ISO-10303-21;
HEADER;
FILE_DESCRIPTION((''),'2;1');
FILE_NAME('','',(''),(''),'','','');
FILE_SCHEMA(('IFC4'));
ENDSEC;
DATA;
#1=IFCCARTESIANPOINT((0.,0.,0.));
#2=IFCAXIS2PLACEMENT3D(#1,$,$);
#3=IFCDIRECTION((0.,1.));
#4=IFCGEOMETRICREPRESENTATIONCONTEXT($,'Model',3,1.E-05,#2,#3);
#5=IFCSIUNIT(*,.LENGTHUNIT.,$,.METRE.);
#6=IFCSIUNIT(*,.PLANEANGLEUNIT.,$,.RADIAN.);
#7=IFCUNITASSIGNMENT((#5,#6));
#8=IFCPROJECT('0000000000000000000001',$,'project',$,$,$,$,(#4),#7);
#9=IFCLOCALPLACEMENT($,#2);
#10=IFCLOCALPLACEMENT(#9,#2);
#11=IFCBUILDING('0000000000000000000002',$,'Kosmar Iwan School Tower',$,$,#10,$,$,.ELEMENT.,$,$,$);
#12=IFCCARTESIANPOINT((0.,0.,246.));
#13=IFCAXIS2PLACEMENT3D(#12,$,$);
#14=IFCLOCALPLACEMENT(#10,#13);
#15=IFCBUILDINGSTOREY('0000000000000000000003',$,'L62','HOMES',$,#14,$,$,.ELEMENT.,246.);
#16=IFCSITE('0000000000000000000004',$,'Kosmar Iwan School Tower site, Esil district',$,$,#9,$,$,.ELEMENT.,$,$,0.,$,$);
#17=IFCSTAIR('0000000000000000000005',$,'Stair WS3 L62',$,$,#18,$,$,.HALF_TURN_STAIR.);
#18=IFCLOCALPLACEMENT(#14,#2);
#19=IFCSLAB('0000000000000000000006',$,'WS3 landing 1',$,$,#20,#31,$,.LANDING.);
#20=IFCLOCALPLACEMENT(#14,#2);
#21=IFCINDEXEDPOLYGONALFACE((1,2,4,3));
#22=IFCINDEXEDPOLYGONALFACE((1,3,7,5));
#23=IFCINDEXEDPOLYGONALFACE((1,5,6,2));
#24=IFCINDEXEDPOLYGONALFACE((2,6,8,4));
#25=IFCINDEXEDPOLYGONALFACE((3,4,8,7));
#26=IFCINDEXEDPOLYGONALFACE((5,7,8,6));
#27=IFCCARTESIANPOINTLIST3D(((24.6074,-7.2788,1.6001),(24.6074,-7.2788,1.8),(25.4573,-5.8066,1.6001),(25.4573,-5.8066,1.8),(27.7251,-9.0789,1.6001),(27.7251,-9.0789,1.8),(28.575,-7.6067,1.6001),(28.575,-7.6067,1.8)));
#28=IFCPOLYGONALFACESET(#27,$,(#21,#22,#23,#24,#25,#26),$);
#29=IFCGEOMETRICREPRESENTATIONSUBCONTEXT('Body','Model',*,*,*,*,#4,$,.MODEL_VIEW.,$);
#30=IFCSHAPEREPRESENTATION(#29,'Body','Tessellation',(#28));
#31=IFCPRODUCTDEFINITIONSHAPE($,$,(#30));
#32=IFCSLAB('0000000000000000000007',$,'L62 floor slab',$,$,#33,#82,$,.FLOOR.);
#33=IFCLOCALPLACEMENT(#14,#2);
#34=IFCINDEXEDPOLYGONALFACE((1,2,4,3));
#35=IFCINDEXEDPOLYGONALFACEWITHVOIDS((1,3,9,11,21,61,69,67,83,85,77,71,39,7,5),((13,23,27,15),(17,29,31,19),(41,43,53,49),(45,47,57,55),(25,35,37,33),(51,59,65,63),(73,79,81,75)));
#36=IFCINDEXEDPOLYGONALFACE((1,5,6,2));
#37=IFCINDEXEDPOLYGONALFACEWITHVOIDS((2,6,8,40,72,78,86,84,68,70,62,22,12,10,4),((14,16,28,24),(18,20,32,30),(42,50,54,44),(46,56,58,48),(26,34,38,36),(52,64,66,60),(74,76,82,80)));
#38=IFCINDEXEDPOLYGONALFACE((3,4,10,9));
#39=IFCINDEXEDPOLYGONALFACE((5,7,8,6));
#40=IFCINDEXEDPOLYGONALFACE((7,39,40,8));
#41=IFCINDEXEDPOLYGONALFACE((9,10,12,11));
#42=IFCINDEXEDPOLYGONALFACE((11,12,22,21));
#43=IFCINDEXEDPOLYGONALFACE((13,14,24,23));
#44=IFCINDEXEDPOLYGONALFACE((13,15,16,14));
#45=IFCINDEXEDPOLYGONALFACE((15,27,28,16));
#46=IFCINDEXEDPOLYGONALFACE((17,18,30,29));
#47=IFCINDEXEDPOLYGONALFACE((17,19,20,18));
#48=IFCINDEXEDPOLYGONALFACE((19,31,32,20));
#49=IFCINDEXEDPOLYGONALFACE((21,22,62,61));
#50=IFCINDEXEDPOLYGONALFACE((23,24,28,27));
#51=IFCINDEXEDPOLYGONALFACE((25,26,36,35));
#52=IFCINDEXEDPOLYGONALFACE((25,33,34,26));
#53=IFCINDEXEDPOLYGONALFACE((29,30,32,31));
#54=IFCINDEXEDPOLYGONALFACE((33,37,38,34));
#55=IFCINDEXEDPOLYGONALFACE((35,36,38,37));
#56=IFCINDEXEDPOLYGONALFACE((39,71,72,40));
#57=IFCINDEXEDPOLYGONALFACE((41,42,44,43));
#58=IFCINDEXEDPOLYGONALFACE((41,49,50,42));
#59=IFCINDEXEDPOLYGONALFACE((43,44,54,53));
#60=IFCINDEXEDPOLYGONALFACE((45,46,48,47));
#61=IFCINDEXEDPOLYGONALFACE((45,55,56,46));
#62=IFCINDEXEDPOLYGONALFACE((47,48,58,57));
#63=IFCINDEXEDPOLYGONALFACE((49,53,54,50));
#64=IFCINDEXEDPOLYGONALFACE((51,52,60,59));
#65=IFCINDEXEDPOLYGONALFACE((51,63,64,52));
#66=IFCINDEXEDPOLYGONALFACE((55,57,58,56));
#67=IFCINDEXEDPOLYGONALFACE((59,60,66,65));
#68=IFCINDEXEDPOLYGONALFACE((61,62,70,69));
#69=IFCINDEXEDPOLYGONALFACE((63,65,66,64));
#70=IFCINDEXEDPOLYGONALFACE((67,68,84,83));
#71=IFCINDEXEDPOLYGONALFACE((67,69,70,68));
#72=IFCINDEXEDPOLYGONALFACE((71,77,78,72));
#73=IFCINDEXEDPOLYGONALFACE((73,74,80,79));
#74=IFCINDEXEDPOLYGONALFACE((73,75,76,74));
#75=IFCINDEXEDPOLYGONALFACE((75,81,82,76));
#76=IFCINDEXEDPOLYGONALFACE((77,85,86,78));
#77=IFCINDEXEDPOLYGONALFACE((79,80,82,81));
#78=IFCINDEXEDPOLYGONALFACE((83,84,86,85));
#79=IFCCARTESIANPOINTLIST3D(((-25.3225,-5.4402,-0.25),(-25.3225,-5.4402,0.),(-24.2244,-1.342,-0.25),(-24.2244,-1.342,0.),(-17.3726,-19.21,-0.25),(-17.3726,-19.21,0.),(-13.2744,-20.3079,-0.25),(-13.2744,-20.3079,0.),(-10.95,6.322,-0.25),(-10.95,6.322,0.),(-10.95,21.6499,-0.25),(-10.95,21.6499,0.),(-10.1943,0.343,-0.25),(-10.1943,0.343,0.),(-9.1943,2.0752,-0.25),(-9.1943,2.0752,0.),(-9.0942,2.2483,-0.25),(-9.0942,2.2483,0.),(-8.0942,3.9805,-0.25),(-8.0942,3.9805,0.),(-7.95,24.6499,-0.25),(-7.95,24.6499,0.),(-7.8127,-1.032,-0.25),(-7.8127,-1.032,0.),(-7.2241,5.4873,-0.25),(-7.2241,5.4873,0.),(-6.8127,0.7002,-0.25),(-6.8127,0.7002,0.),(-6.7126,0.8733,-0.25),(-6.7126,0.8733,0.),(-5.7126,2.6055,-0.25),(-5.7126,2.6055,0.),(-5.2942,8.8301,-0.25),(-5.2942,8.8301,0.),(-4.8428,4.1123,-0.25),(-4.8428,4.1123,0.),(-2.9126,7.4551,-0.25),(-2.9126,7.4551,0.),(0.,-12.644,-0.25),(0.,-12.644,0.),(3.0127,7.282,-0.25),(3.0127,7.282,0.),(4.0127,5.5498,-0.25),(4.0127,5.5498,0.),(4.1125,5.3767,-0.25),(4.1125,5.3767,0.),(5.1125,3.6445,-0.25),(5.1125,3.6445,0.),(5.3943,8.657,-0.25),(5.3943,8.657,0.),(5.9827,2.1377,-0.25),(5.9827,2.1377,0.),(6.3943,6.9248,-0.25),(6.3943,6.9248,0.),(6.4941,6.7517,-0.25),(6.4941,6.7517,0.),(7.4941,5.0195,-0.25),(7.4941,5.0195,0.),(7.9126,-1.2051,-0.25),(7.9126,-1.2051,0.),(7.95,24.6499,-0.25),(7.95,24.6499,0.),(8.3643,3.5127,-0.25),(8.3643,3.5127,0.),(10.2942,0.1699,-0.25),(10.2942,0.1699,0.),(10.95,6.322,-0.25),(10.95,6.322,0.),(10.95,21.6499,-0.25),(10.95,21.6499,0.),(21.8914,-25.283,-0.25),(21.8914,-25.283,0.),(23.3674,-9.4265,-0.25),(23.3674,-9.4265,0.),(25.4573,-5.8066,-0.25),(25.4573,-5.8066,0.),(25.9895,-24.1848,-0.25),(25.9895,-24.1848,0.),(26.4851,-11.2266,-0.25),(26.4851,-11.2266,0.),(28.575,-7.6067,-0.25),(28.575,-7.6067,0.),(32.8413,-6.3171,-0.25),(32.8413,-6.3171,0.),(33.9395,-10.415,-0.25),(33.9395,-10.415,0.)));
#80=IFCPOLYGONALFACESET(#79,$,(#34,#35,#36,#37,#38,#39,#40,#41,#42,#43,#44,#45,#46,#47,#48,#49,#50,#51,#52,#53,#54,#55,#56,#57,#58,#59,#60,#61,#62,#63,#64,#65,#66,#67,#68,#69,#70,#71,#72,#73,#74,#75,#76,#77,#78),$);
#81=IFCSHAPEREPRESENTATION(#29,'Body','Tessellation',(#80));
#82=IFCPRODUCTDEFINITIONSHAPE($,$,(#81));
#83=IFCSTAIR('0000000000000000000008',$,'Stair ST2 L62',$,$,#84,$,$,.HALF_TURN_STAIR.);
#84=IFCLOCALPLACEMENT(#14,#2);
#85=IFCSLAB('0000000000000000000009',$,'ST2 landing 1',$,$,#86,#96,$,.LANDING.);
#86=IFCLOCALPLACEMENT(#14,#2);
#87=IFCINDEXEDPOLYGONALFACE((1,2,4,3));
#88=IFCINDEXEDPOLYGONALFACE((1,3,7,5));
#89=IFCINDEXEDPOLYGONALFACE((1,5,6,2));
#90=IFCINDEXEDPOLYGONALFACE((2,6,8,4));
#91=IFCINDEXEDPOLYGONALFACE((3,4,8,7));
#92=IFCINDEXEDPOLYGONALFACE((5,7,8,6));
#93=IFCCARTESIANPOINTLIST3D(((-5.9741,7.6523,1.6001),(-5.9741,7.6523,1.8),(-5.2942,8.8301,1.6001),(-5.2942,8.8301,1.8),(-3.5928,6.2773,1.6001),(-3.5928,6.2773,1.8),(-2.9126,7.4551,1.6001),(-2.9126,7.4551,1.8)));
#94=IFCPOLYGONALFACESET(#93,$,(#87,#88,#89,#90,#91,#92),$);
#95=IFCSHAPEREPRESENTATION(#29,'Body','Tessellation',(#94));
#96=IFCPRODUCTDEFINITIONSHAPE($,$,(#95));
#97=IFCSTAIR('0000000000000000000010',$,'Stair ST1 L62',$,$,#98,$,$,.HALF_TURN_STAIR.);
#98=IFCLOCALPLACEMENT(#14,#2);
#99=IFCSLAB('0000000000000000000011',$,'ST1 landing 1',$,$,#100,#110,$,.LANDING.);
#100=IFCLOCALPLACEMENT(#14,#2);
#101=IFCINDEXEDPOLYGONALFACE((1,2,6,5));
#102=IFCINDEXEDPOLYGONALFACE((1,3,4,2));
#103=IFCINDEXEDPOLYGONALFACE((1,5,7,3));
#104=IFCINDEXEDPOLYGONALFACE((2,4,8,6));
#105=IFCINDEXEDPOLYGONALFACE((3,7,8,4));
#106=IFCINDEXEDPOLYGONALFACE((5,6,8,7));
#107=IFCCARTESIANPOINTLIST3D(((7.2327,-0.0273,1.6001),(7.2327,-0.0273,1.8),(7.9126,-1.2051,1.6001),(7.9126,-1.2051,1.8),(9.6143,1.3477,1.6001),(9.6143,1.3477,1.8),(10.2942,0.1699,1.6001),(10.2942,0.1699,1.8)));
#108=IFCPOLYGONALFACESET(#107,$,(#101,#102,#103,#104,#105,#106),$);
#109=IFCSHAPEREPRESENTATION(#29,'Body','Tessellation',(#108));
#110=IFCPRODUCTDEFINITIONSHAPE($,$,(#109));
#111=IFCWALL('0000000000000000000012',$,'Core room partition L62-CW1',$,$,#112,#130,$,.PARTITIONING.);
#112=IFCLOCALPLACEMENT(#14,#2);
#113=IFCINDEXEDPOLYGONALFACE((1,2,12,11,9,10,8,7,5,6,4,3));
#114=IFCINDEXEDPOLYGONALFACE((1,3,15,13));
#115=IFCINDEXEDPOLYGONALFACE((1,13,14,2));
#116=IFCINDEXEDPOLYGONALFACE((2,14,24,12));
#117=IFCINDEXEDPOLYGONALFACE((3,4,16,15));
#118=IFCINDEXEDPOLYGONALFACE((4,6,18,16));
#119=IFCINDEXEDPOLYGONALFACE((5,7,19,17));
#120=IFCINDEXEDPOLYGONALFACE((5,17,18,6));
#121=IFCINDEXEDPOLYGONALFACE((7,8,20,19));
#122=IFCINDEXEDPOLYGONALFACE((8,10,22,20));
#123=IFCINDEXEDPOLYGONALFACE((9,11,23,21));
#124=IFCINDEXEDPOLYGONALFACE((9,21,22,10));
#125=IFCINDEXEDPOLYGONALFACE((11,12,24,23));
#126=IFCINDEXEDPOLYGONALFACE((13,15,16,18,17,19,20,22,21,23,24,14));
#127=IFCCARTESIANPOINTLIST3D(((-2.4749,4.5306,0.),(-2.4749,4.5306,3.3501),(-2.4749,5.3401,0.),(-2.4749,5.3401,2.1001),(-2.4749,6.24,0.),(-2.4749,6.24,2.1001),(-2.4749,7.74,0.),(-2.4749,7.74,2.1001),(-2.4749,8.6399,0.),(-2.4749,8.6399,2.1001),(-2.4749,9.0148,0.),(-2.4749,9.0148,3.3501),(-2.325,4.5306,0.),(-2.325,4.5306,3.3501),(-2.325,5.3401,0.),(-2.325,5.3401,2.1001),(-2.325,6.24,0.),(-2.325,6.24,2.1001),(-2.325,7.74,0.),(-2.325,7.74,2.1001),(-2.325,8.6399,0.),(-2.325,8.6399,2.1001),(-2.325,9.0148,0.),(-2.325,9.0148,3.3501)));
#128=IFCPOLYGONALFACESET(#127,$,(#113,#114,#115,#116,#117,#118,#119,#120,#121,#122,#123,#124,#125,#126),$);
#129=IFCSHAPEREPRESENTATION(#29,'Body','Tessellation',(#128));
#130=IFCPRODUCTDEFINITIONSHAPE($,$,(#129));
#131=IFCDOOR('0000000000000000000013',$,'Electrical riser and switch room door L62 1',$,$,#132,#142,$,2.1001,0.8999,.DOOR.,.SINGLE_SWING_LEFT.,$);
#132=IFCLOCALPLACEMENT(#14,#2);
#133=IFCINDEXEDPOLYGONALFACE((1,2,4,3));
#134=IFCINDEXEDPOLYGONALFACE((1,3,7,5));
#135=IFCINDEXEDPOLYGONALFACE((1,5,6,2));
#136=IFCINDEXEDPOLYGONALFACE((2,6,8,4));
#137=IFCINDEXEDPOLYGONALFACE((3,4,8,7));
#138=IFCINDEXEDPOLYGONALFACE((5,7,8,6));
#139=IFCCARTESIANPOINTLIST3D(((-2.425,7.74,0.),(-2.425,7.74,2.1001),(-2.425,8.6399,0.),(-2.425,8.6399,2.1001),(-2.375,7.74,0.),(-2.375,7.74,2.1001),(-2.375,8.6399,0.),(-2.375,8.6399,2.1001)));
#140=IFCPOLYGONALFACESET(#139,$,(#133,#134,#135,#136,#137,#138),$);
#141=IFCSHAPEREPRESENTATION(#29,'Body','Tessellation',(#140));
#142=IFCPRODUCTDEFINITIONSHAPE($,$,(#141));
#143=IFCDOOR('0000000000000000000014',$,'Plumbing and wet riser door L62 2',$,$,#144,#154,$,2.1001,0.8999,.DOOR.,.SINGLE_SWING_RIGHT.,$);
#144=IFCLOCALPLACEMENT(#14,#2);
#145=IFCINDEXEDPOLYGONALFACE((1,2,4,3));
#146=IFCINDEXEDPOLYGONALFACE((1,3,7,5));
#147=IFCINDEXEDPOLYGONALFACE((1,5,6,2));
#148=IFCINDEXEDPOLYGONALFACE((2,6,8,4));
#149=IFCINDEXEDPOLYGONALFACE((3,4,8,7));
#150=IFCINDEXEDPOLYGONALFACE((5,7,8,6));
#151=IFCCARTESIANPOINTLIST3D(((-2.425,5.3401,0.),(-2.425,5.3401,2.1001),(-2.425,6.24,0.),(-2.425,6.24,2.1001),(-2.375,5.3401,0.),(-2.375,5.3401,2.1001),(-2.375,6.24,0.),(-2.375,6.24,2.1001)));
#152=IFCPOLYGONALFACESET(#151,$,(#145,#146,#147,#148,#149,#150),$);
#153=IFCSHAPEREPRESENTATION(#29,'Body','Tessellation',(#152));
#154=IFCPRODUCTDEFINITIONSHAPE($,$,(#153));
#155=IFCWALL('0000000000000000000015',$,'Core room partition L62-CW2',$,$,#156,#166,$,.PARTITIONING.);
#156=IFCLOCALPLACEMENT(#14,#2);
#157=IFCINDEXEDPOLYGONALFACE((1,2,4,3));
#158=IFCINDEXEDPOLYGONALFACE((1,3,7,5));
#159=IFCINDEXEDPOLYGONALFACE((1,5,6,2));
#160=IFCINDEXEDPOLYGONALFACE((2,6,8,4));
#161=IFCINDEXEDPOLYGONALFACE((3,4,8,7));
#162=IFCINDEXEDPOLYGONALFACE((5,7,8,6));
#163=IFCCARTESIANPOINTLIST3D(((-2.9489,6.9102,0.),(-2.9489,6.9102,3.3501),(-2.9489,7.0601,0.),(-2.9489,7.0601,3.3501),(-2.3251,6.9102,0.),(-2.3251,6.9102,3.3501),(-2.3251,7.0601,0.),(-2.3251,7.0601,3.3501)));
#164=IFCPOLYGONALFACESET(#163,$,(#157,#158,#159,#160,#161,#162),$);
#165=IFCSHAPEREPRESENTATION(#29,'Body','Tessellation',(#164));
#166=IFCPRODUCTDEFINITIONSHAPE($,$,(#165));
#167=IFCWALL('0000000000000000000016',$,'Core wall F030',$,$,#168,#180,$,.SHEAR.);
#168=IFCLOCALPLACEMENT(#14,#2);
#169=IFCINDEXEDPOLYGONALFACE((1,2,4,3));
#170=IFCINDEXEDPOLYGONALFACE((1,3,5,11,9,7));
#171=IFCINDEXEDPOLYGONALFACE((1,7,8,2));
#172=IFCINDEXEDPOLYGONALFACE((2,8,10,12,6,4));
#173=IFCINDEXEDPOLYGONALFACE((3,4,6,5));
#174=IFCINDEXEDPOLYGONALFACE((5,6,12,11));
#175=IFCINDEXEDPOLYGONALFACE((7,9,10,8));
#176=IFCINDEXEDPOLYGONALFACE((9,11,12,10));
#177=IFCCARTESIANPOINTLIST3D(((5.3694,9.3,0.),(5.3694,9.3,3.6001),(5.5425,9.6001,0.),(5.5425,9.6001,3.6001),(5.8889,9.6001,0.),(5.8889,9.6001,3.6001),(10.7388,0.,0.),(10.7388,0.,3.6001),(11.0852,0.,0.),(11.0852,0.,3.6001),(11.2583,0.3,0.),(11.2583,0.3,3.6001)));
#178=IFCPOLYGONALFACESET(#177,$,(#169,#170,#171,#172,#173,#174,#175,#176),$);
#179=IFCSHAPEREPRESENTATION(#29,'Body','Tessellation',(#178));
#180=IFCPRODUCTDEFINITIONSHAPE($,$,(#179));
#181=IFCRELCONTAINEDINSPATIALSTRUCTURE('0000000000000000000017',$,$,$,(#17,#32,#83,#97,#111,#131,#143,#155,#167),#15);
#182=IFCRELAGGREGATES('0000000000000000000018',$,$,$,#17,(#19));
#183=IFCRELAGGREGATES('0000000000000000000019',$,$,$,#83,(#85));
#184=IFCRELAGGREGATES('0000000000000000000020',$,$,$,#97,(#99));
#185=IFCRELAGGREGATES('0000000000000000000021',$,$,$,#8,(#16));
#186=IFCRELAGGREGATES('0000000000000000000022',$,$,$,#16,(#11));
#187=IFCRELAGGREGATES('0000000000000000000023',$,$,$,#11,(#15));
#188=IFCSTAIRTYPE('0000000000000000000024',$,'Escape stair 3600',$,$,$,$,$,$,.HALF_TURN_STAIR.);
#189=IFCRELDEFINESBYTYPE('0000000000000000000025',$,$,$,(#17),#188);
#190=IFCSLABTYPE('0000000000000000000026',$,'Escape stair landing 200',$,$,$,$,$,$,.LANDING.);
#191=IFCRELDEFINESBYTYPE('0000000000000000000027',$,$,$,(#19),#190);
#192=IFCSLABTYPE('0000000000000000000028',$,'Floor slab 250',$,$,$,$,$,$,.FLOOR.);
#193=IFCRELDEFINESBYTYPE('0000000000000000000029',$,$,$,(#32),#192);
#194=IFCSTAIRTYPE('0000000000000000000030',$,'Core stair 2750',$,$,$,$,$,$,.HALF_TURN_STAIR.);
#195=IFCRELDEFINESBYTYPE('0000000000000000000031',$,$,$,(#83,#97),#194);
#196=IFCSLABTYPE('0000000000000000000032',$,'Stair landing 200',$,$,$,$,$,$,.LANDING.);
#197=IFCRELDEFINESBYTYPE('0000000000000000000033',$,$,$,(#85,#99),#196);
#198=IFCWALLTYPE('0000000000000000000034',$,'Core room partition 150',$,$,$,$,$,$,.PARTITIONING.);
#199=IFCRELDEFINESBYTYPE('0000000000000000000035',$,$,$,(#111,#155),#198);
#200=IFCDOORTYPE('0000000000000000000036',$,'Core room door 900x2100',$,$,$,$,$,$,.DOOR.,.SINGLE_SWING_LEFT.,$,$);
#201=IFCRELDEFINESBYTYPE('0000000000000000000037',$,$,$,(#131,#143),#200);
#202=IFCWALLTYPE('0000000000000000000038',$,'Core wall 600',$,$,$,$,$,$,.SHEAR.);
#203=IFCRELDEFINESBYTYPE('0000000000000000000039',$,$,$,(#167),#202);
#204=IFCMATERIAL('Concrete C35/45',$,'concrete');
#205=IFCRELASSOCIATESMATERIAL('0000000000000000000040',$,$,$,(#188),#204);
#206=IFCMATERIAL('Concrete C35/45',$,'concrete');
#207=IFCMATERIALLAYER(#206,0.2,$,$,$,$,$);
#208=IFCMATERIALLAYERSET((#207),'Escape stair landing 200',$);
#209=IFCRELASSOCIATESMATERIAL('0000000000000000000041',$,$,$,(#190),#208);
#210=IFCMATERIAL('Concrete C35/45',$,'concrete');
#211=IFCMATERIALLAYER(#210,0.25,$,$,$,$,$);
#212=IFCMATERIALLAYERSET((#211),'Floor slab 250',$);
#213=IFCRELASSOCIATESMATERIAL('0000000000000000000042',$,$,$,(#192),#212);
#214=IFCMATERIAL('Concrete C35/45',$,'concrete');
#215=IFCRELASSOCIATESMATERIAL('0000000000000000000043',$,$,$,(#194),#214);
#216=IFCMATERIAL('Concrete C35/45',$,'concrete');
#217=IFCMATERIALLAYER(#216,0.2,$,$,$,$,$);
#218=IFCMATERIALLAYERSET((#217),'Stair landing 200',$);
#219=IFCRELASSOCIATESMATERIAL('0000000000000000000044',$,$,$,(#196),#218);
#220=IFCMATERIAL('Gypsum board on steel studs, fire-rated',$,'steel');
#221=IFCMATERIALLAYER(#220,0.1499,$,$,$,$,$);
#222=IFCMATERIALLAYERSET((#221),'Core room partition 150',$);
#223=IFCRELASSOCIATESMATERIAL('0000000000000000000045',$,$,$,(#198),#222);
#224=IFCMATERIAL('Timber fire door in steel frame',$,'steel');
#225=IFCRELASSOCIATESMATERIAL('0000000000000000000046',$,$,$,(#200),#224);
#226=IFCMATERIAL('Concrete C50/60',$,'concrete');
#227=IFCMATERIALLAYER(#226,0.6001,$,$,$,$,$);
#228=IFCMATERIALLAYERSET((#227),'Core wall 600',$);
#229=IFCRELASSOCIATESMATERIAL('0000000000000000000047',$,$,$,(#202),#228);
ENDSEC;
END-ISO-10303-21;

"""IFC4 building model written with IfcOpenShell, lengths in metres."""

from ifc_helpers import new_model, si_unit, direction, frame, frame_2d, origin, place, context, subcontext, project, spatial, polyline, rectangle, outline, extrude, material, layer, layer_set, type_object, element, fill, aggregate, save


model = new_model("IFC4")

# Units and contexts
model_context = context("Model", 3, precision=1e-05, world=origin(), true_north=direction((0.0, 1.0)))
body_context = subcontext(model_context, "Body", "Model", "MODEL_VIEW")
ifc_project = project(units=[si_unit("LENGTHUNIT", "METRE"), si_unit("PLANEANGLEUNIT", "RADIAN")], contexts=[model_context])

# Site, building, storey
site_placement = place(None, origin())
site = spatial("IfcSite", under=ifc_project, at=site_placement, Name="Kosmar Iwan School Tower site, Esil district", CompositionType="ELEMENT", RefElevation=0.0)
building_placement = place(site_placement, origin())
building = spatial("IfcBuilding", under=site, at=building_placement, Name="Kosmar Iwan School Tower", CompositionType="ELEMENT")
storey_placement = place(building_placement, frame((0.0, 0.0, 246.0)))
storey = spatial("IfcBuildingStorey", under=building, at=storey_placement, Name="L62", Description="HOMES", CompositionType="ELEMENT", Elevation=246.0)

# Stair, slab
ifc_material_1 = material(Name="Concrete C35/45", Category="concrete")
stair_type_1 = type_object("IfcStairType", Name="Escape stair 3600", PredefinedType="HALF_TURN_STAIR", material=ifc_material_1)
stair_1_placement = place(storey_placement, origin())
stair_1 = element("IfcStair", 1, at=stair_1_placement, inside=storey, type_object=stair_type_1, Name="Stair WS3 L62", PredefinedType="HALF_TURN_STAIR")
ifc_material_2 = material(Name="Concrete C35/45", Category="concrete")
ifc_layer_1 = layer(ifc_material_2, 0.2)
ifc_layer_set_1 = layer_set([ifc_layer_1], Name="Escape stair landing 200")
slab_type_1 = type_object("IfcSlabType", Name="Escape stair landing 200", PredefinedType="LANDING", material=ifc_layer_set_1)
slab_1_placement = place(storey_placement, frame((0.0, 0.0, 1.6001)))
slab_1 = element("IfcSlab", 2, at=slab_1_placement, type_object=slab_type_1, Name="WS3 landing 1", PredefinedType="LANDING", context=body_context, shape_type="SweptSolid", body=[
    extrude(outline(polyline([(24.6074, -7.2788), (27.7251, -9.0789), (28.575, -7.6067), (25.4573, -5.8066), (24.6074, -7.2788)])), origin(), (0.0, 0.0, 1.0), 0.2),
])
aggregate(stair_1, [slab_1])

# Slab
ifc_material_3 = material(Name="Concrete C35/45", Category="concrete")
ifc_layer_2 = layer(ifc_material_3, 0.25)
ifc_layer_set_2 = layer_set([ifc_layer_2], Name="Floor slab 250")
slab_type_2 = type_object("IfcSlabType", Name="Floor slab 250", PredefinedType="FLOOR", material=ifc_layer_set_2)
slab_2_placement = place(storey_placement, frame((0.0, 0.0, -0.25)))
element("IfcSlab", 3, at=slab_2_placement, inside=storey, type_object=slab_type_2, Name="L62 floor slab", PredefinedType="FLOOR", context=body_context, shape_type="SweptSolid", body=[
    extrude(outline(polyline([(21.8914, -25.283), (25.9895, -24.1848), (33.9395, -10.415), (32.8413, -6.3171), (10.95, 6.322), (10.95, 21.6499), (7.95, 24.6499), (-7.95, 24.6499), (-10.95, 21.6499), (-10.95, 6.322), (-24.2244, -1.342), (-25.3225, -5.4402), (-17.3726, -19.21), (-13.2744, -20.3079), (0.0, -12.644), (21.8914, -25.283)]), holes=[polyline([(7.9126, -1.2051), (10.2942, 0.1699), (8.3643, 3.5127), (5.9827, 2.1377), (7.9126, -1.2051)]), polyline([(-2.9126, 7.4551), (-5.2942, 8.8301), (-7.2241, 5.4873), (-4.8428, 4.1123), (-2.9126, 7.4551)]), polyline([(-5.7126, 2.6055), (-8.0942, 3.9805), (-9.0942, 2.2483), (-6.7126, 0.8733), (-5.7126, 2.6055)]), polyline([(-6.8127, 0.7002), (-9.1943, 2.0752), (-10.1943, 0.343), (-7.8127, -1.032), (-6.8127, 0.7002)]), polyline([(5.1125, 3.6445), (7.4941, 5.0195), (6.4941, 6.7517), (4.1125, 5.3767), (5.1125, 3.6445)]), polyline([(4.0127, 5.5498), (6.3943, 6.9248), (5.3943, 8.657), (3.0127, 7.282), (4.0127, 5.5498)]), polyline([(23.3674, -9.4265), (26.4851, -11.2266), (28.575, -7.6067), (25.4573, -5.8066), (23.3674, -9.4265)])]), origin(), (0.0, 0.0, 1.0), 0.25),
])

# Stairs, slabs
ifc_material_4 = material(Name="Concrete C35/45", Category="concrete")
stair_type_2 = type_object("IfcStairType", Name="Core stair 2750", PredefinedType="HALF_TURN_STAIR", material=ifc_material_4)
stair_2_placement = place(storey_placement, origin())
stair_2 = element("IfcStair", 4, at=stair_2_placement, inside=storey, type_object=stair_type_2, Name="Stair ST2 L62", PredefinedType="HALF_TURN_STAIR")
ifc_material_5 = material(Name="Concrete C35/45", Category="concrete")
ifc_layer_3 = layer(ifc_material_5, 0.2)
ifc_layer_set_3 = layer_set([ifc_layer_3], Name="Stair landing 200")
slab_type_3 = type_object("IfcSlabType", Name="Stair landing 200", PredefinedType="LANDING", material=ifc_layer_set_3)
slab_3_placement = place(storey_placement, frame((0.0, 0.0, 1.6001)))
slab_3 = element("IfcSlab", 5, at=slab_3_placement, type_object=slab_type_3, Name="ST2 landing 1", PredefinedType="LANDING", context=body_context, shape_type="SweptSolid", body=[
    extrude(outline(polyline([(-2.9126, 7.4551), (-5.2942, 8.8301), (-5.9741, 7.6523), (-3.5928, 6.2773), (-2.9126, 7.4551)])), origin(), (0.0, 0.0, 1.0), 0.2),
])
aggregate(stair_2, [slab_3])
stair_3_placement = place(storey_placement, origin())
stair_3 = element("IfcStair", 6, at=stair_3_placement, inside=storey, type_object=stair_type_2, Name="Stair ST1 L62", PredefinedType="HALF_TURN_STAIR")
slab_4_placement = place(storey_placement, frame((0.0, 0.0, 1.6001)))
slab_4 = element("IfcSlab", 7, at=slab_4_placement, type_object=slab_type_3, Name="ST1 landing 1", PredefinedType="LANDING", context=body_context, shape_type="SweptSolid", body=[
    extrude(outline(polyline([(7.9126, -1.2051), (10.2942, 0.1699), (9.6143, 1.3477), (7.2327, -0.0273), (7.9126, -1.2051)])), origin(), (0.0, 0.0, 1.0), 0.2),
])
aggregate(stair_3, [slab_4])

# Wall, openings, doors
ifc_material_6 = material(Name="Gypsum board on steel studs, fire-rated", Category="steel")
ifc_layer_4 = layer(ifc_material_6, 0.1499)
ifc_layer_set_4 = layer_set([ifc_layer_4], Name="Core room partition 150")
wall_type_1 = type_object("IfcWallType", Name="Core room partition 150", PredefinedType="PARTITIONING", material=ifc_layer_set_4)
wall_1_placement = place(storey_placement, frame((-2.3999, 9.0149, 0.0), z_axis=(0.0, 0.0, 1.0), x_axis=(0.0, -1.0, 0.0)))
wall_1 = element("IfcWall", 8, at=wall_1_placement, inside=storey, type_object=wall_type_1, Name="Core room partition L62-CW1", PredefinedType="PARTITIONING", context=body_context, shape_type="SweptSolid", body=[
    extrude(rectangle(XDim=4.4841, YDim=0.1499, at=frame_2d((2.2422, 0.0))), origin(), (0.0, 0.0, 1.0), 3.3501),
])
opening_1_placement = place(wall_1_placement, frame((0.375, 0.0, 0.0)))
opening_1 = element("IfcOpeningElement", 9, at=opening_1_placement, cuts=wall_1, PredefinedType="OPENING", context=body_context, shape_type="SweptSolid", body=[
    extrude(rectangle(XDim=0.8999, YDim=2.1001, at=frame_2d((0.45, 1.05))), frame((0.0, 0.0869, 0.0), z_axis=(0.0, -1.0, 0.0), x_axis=(1.0, 0.0, 0.0)), (0.0, 0.0, 1.0), 0.1738),
])
opening_2_placement = place(wall_1_placement, frame((2.7749, 0.0, 0.0)))
opening_2 = element("IfcOpeningElement", 10, at=opening_2_placement, cuts=wall_1, PredefinedType="OPENING", context=body_context, shape_type="SweptSolid", body=[
    extrude(rectangle(XDim=0.8999, YDim=2.1001, at=frame_2d((0.45, 1.05))), frame((0.0, 0.0869, 0.0), z_axis=(0.0, -1.0, 0.0), x_axis=(1.0, 0.0, 0.0)), (0.0, 0.0, 1.0), 0.1738),
])
ifc_material_7 = material(Name="Timber fire door in steel frame", Category="steel")
door_type_1 = type_object("IfcDoorType", Name="Core room door 900x2100", OperationType="SINGLE_SWING_LEFT", PredefinedType="DOOR", material=ifc_material_7)
door_1_placement = place(opening_1_placement, origin())
door_1 = element("IfcDoor", 11, at=door_1_placement, inside=storey, type_object=door_type_1, Name="Electrical riser and switch room door L62 1", OperationType="SINGLE_SWING_LEFT", OverallHeight=2.1001, OverallWidth=0.8999, PredefinedType="DOOR", context=body_context, shape_type="SweptSolid", body=[
    extrude(rectangle(XDim=0.8999, YDim=2.1001, at=frame_2d((0.45, 1.05))), frame((0.0, 0.0249, 0.0), z_axis=(0.0, -1.0, 0.0), x_axis=(1.0, 0.0, 0.0)), (0.0, 0.0, 1.0), 0.05),
])
fill(opening_1, door_1)
door_2_placement = place(opening_2_placement, origin())
door_2 = element("IfcDoor", 12, at=door_2_placement, inside=storey, type_object=door_type_1, Name="Plumbing and wet riser door L62 2", OperationType="SINGLE_SWING_RIGHT", OverallHeight=2.1001, OverallWidth=0.8999, PredefinedType="DOOR", context=body_context, shape_type="SweptSolid", body=[
    extrude(rectangle(XDim=0.8999, YDim=2.1001, at=frame_2d((0.45, 1.05))), frame((0.0, 0.0249, 0.0), z_axis=(0.0, -1.0, 0.0), x_axis=(1.0, 0.0, 0.0)), (0.0, 0.0, 1.0), 0.05),
])
fill(opening_2, door_2)

# Walls
wall_2_placement = place(storey_placement, frame((-2.325, 6.9851, 0.0), z_axis=(0.0, 0.0, 1.0), x_axis=(-1.0, 0.0, 0.0)))
element("IfcWall", 13, at=wall_2_placement, inside=storey, type_object=wall_type_1, Name="Core room partition L62-CW2", PredefinedType="PARTITIONING", context=body_context, shape_type="SweptSolid", body=[
    extrude(rectangle(XDim=0.6238, YDim=0.1499, at=frame_2d((0.312, 0.0))), origin(), (0.0, 0.0, 1.0), 3.3501),
])
ifc_material_8 = material(Name="Concrete C50/60", Category="concrete")
ifc_layer_5 = layer(ifc_material_8, 0.6001)
ifc_layer_set_5 = layer_set([ifc_layer_5], Name="Core wall 600")
wall_type_2 = type_object("IfcWallType", Name="Core wall 600", PredefinedType="SHEAR", material=ifc_layer_set_5)
wall_3_placement = place(storey_placement, origin())
element("IfcWall", 14, at=wall_3_placement, inside=storey, type_object=wall_type_2, Name="Core wall F030", PredefinedType="SHEAR", context=body_context, shape_type="SweptSolid", body=[
    extrude(outline(polyline([(10.7388, 0.0), (11.0852, 0.0), (11.2583, 0.3), (5.8889, 9.6001), (5.5425, 9.6001), (5.3694, 9.3), (10.7388, 0.0)])), origin(), (0.0, 0.0, 1.0), 3.6001),
])

save(model, "model.ifc")
